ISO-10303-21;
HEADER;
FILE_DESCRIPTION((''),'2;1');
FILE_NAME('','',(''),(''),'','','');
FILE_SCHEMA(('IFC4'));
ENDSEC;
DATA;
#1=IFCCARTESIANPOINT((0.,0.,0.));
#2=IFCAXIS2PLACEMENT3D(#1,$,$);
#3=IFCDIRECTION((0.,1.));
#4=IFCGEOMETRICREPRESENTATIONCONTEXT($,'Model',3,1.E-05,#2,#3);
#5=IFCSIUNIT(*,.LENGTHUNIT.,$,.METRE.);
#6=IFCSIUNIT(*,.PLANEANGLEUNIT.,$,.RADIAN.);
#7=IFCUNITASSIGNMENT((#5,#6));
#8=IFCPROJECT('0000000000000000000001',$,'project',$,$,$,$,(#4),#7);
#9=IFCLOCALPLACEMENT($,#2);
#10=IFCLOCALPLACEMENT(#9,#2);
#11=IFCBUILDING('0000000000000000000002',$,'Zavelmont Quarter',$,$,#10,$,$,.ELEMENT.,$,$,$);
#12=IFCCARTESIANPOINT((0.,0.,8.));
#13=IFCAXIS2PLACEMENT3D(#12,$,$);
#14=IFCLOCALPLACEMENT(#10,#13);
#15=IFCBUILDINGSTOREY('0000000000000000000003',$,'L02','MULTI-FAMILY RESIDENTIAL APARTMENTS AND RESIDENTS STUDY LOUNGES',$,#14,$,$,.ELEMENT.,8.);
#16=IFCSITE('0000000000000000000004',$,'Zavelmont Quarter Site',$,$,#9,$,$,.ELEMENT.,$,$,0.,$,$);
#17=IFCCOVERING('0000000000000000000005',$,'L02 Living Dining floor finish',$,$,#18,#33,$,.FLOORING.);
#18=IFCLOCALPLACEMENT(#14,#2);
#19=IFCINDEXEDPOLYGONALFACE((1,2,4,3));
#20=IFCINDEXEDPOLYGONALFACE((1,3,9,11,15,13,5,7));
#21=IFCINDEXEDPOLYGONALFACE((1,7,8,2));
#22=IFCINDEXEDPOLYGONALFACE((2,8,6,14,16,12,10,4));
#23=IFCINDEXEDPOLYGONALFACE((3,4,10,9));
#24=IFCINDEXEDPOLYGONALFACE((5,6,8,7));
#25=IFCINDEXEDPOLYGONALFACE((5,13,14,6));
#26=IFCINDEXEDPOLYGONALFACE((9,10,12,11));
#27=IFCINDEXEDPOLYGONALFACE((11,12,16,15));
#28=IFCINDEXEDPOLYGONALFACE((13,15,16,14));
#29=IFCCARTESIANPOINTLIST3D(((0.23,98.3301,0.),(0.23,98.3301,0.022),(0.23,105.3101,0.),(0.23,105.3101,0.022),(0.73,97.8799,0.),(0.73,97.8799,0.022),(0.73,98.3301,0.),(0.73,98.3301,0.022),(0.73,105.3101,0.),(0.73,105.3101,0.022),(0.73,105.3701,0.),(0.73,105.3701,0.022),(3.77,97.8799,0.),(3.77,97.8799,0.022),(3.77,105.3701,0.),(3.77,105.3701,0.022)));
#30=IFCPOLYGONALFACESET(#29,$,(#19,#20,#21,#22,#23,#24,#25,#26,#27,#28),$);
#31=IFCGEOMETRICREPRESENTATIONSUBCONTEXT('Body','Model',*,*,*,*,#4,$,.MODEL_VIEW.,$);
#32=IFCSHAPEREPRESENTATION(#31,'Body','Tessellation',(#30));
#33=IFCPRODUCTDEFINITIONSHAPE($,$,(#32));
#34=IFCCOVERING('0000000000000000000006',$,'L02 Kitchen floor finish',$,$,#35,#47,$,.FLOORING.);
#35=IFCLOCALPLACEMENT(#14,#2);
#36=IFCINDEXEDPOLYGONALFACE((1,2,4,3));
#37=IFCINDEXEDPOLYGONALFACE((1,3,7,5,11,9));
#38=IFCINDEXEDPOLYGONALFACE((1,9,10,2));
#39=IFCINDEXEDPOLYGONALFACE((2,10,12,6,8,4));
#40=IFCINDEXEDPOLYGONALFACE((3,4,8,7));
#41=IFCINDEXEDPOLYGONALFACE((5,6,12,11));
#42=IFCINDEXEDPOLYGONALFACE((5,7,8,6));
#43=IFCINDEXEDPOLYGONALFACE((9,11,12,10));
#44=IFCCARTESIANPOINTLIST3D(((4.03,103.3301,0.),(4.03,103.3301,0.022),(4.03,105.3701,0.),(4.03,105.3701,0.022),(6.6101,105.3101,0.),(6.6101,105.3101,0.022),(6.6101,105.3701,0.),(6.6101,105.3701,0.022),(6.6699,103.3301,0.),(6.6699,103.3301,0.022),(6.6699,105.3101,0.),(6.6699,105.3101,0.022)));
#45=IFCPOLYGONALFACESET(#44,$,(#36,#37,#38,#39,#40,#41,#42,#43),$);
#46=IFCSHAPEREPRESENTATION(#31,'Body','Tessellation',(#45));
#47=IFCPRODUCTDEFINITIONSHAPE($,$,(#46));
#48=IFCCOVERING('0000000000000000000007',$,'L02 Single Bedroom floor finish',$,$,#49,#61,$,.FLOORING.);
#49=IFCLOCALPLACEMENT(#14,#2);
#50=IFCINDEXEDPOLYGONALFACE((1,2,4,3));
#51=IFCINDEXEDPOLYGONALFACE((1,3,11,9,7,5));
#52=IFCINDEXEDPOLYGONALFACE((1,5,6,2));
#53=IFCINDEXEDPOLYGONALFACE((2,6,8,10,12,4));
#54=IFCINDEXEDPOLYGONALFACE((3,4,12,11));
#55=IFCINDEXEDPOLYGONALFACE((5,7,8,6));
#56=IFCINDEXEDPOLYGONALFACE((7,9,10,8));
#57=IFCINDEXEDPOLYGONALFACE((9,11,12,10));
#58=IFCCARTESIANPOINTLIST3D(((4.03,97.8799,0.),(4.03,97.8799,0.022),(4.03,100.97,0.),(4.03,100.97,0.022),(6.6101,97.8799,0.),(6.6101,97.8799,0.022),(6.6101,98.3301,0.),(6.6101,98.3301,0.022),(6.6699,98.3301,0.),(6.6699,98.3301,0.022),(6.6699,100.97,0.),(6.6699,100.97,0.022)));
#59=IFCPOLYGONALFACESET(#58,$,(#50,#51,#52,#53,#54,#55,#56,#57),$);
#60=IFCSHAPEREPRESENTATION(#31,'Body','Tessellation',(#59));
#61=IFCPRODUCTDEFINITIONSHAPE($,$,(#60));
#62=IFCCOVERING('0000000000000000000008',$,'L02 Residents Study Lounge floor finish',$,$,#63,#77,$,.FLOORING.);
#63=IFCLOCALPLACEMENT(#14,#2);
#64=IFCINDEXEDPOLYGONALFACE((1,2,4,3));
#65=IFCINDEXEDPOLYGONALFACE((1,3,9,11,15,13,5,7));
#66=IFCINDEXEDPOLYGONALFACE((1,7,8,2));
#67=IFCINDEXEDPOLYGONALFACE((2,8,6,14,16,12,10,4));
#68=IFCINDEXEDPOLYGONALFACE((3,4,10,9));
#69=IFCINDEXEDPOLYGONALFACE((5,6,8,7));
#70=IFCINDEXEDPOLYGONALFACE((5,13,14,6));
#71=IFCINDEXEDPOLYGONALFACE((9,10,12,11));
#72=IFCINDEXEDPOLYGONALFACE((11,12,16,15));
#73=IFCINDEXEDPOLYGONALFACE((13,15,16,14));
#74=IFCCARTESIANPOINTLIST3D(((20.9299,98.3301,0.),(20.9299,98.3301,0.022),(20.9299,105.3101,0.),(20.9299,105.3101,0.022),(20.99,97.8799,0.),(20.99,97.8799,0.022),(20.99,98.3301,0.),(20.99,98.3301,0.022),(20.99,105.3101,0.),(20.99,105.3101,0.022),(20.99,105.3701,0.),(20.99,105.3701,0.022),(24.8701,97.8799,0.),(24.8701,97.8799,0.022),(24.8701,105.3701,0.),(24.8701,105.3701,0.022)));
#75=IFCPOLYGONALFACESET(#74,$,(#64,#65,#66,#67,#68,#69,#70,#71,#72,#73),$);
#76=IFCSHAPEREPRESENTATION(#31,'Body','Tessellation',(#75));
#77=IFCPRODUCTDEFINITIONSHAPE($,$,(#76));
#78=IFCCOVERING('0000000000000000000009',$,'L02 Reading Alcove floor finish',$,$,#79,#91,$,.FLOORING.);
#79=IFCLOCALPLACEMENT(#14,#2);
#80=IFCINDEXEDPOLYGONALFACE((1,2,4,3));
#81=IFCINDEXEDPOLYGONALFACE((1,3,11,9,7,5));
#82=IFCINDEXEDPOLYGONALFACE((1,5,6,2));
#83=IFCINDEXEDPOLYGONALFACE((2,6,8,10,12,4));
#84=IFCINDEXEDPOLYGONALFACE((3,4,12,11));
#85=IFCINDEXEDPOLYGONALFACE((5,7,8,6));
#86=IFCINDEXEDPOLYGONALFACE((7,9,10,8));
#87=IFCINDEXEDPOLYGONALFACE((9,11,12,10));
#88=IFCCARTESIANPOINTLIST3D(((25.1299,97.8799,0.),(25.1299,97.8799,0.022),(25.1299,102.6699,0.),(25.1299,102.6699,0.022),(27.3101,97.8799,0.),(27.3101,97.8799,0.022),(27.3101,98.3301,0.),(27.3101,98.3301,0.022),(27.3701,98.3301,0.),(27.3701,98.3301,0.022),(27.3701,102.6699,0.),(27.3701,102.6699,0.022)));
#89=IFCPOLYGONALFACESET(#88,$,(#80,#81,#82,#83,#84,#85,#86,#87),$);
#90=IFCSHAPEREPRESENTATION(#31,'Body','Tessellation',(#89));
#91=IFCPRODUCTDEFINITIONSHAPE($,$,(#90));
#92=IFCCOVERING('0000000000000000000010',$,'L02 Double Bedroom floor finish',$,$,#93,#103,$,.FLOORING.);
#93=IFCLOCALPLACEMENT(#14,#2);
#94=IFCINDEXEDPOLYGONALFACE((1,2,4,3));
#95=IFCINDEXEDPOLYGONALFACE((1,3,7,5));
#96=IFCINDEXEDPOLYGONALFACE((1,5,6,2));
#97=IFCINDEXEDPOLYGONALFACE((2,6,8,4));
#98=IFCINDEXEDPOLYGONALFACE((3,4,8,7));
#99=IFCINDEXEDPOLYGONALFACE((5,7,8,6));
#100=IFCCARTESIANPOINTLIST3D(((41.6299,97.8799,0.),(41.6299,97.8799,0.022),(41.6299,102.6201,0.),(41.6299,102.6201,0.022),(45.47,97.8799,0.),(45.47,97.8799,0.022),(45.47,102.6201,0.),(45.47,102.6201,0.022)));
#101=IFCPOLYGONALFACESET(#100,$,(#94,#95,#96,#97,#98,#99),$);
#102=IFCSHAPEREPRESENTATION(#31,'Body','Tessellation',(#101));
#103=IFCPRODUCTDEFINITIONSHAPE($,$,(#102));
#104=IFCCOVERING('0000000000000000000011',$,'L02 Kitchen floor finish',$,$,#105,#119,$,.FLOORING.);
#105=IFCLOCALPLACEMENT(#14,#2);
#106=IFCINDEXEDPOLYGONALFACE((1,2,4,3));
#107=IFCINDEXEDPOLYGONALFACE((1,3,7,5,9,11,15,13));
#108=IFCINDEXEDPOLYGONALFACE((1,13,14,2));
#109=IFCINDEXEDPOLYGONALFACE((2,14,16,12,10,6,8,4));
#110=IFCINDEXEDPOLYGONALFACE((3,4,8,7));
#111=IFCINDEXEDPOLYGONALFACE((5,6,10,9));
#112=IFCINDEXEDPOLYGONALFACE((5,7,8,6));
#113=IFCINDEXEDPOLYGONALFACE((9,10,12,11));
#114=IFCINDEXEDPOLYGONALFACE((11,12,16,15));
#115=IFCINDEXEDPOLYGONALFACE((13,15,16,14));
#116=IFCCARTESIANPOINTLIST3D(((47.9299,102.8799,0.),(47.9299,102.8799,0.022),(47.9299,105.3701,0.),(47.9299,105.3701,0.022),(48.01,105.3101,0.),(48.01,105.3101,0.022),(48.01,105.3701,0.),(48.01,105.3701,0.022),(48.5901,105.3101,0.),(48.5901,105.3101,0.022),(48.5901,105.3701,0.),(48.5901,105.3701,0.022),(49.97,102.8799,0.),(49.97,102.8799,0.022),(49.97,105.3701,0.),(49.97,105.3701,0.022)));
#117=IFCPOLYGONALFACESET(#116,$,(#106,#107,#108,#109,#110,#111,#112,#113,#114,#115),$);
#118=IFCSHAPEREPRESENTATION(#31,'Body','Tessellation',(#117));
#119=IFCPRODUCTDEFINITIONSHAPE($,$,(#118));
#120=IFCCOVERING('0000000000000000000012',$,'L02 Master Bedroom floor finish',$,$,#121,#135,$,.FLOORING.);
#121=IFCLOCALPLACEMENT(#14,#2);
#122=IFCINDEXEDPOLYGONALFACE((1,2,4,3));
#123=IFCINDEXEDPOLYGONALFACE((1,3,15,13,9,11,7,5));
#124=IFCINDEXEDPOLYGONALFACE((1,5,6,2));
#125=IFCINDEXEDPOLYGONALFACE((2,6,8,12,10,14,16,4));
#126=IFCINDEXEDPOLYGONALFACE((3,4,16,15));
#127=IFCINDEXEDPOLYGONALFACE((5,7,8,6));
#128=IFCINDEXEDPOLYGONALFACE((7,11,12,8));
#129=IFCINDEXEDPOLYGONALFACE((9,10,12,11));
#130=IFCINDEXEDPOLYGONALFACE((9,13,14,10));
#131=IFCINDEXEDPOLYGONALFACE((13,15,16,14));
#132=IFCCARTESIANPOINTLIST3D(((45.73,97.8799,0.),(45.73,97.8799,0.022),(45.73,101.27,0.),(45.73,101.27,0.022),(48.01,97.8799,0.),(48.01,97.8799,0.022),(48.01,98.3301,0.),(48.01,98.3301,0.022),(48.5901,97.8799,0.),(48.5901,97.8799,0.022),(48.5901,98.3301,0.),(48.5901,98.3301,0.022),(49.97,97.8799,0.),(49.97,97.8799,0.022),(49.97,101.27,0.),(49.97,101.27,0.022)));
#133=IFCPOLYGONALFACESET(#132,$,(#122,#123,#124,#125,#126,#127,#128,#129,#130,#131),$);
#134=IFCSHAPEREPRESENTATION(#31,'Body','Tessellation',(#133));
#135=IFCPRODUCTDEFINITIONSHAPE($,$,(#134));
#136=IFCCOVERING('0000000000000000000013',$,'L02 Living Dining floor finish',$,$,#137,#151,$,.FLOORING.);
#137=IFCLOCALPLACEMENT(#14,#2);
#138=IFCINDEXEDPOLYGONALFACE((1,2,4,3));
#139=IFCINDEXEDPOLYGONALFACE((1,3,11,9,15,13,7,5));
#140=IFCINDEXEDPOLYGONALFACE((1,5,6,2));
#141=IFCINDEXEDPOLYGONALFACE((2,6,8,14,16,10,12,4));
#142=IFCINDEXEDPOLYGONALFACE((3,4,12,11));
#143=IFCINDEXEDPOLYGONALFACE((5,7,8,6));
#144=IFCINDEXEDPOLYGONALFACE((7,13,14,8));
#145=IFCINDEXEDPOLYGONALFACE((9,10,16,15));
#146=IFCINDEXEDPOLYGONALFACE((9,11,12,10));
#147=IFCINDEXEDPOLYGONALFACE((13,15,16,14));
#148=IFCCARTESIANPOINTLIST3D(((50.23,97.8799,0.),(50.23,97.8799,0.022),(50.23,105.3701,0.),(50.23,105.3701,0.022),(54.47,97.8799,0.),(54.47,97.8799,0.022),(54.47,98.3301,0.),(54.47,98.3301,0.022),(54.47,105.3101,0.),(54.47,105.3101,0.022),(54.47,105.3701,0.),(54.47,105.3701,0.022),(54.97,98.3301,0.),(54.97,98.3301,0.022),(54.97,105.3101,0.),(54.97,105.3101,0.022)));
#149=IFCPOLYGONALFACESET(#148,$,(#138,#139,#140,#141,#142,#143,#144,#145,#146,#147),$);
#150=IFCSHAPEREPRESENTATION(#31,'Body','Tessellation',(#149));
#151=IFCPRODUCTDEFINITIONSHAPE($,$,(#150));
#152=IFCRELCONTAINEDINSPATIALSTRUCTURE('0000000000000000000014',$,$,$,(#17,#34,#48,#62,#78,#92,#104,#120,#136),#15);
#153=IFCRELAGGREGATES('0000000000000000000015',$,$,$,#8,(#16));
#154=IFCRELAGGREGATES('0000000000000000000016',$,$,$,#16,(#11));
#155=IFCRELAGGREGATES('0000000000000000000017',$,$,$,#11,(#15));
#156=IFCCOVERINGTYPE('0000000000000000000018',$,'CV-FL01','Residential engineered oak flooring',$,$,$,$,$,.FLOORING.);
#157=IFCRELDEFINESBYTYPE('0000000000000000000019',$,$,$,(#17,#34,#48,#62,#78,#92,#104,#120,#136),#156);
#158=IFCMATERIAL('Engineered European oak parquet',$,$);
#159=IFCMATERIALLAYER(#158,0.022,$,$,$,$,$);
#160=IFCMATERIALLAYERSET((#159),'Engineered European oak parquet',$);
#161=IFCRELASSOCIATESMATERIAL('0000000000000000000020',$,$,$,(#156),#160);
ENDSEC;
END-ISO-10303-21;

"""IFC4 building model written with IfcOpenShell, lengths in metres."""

from ifc_helpers import new_model, si_unit, direction, frame, origin, place, context, subcontext, project, spatial, polyline, outline, extrude, material, layer, layer_set, type_object, element, save


model = new_model("IFC4")

# Units and contexts
model_context = context("Model", 3, precision=1e-05, world=origin(), true_north=direction((0.0, 1.0)))
body_context = subcontext(model_context, "Body", "Model", "MODEL_VIEW")
ifc_project = project(units=[si_unit("LENGTHUNIT", "METRE"), si_unit("PLANEANGLEUNIT", "RADIAN")], contexts=[model_context])

# Site, building, storey
site_placement = place(None, origin())
site = spatial("IfcSite", under=ifc_project, at=site_placement, Name="Zavelmont Quarter Site", CompositionType="ELEMENT", RefElevation=0.0)
building_placement = place(site_placement, origin())
building = spatial("IfcBuilding", under=site, at=building_placement, Name="Zavelmont Quarter", CompositionType="ELEMENT")
storey_placement = place(building_placement, frame((0.0, 0.0, 8.0)))
storey = spatial("IfcBuildingStorey", under=building, at=storey_placement, Name="L02", Description="MULTI-FAMILY RESIDENTIAL APARTMENTS AND RESIDENTS STUDY LOUNGES", CompositionType="ELEMENT", Elevation=8.0)

# Coverings
ifc_material_1 = material(Name="Engineered European oak parquet")
ifc_layer_1 = layer(ifc_material_1, 0.022)
ifc_layer_set_1 = layer_set([ifc_layer_1], Name="Engineered European oak parquet")
covering_type_1 = type_object("IfcCoveringType", Name="CV-FL01", Description="Residential engineered oak flooring", PredefinedType="FLOORING", material=ifc_layer_set_1)
covering_1_placement = place(storey_placement, origin())
element("IfcCovering", 1, at=covering_1_placement, inside=storey, type_object=covering_type_1, Name="L02 Living Dining floor finish", PredefinedType="FLOORING", context=body_context, shape_type="SweptSolid", body=[
    extrude(outline(polyline([(0.23, 105.3101), (0.73, 105.3101), (0.73, 105.3701), (3.77, 105.3701), (3.77, 97.8799), (0.73, 97.8799), (0.73, 98.3301), (0.23, 98.3301), (0.23, 105.3101)])), origin(), (0.0, 0.0, 1.0), 0.022),
])
covering_2_placement = place(storey_placement, origin())
element("IfcCovering", 2, at=covering_2_placement, inside=storey, type_object=covering_type_1, Name="L02 Kitchen floor finish", PredefinedType="FLOORING", context=body_context, shape_type="SweptSolid", body=[
    extrude(outline(polyline([(4.03, 105.3701), (6.6101, 105.3701), (6.6101, 105.3101), (6.6699, 105.3101), (6.6699, 103.3301), (4.03, 103.3301), (4.03, 105.3701)])), origin(), (0.0, 0.0, 1.0), 0.022),
])
covering_3_placement = place(storey_placement, origin())
element("IfcCovering", 3, at=covering_3_placement, inside=storey, type_object=covering_type_1, Name="L02 Single Bedroom floor finish", PredefinedType="FLOORING", context=body_context, shape_type="SweptSolid", body=[
    extrude(outline(polyline([(4.03, 100.97), (6.6699, 100.97), (6.6699, 98.3301), (6.6101, 98.3301), (6.6101, 97.8799), (4.03, 97.8799), (4.03, 100.97)])), origin(), (0.0, 0.0, 1.0), 0.022),
])
covering_4_placement = place(storey_placement, origin())
element("IfcCovering", 4, at=covering_4_placement, inside=storey, type_object=covering_type_1, Name="L02 Residents Study Lounge floor finish", PredefinedType="FLOORING", context=body_context, shape_type="SweptSolid", body=[
    extrude(outline(polyline([(20.9299, 105.3101), (20.99, 105.3101), (20.99, 105.3701), (24.8701, 105.3701), (24.8701, 97.8799), (20.99, 97.8799), (20.99, 98.3301), (20.9299, 98.3301), (20.9299, 105.3101)])), origin(), (0.0, 0.0, 1.0), 0.022),
])
covering_5_placement = place(storey_placement, origin())
element("IfcCovering", 5, at=covering_5_placement, inside=storey, type_object=covering_type_1, Name="L02 Reading Alcove floor finish", PredefinedType="FLOORING", context=body_context, shape_type="SweptSolid", body=[
    extrude(outline(polyline([(25.1299, 102.6699), (27.3701, 102.6699), (27.3701, 98.3301), (27.3101, 98.3301), (27.3101, 97.8799), (25.1299, 97.8799), (25.1299, 102.6699)])), origin(), (0.0, 0.0, 1.0), 0.022),
])
covering_6_placement = place(storey_placement, origin())
element("IfcCovering", 6, at=covering_6_placement, inside=storey, type_object=covering_type_1, Name="L02 Double Bedroom floor finish", PredefinedType="FLOORING", context=body_context, shape_type="SweptSolid", body=[
    extrude(outline(polyline([(41.6299, 102.6201), (45.47, 102.6201), (45.47, 97.8799), (41.6299, 97.8799), (41.6299, 102.6201)])), origin(), (0.0, 0.0, 1.0), 0.022),
])
covering_7_placement = place(storey_placement, origin())
element("IfcCovering", 7, at=covering_7_placement, inside=storey, type_object=covering_type_1, Name="L02 Kitchen floor finish", PredefinedType="FLOORING", context=body_context, shape_type="SweptSolid", body=[
    extrude(outline(polyline([(47.9299, 105.3701), (48.01, 105.3701), (48.01, 105.3101), (48.5901, 105.3101), (48.5901, 105.3701), (49.97, 105.3701), (49.97, 102.8799), (47.9299, 102.8799), (47.9299, 105.3701)])), origin(), (0.0, 0.0, 1.0), 0.022),
])
covering_8_placement = place(storey_placement, origin())
element("IfcCovering", 8, at=covering_8_placement, inside=storey, type_object=covering_type_1, Name="L02 Master Bedroom floor finish", PredefinedType="FLOORING", context=body_context, shape_type="SweptSolid", body=[
    extrude(outline(polyline([(45.73, 101.27), (49.97, 101.27), (49.97, 97.8799), (48.5901, 97.8799), (48.5901, 98.3301), (48.01, 98.3301), (48.01, 97.8799), (45.73, 97.8799), (45.73, 101.27)])), origin(), (0.0, 0.0, 1.0), 0.022),
])
covering_9_placement = place(storey_placement, origin())
element("IfcCovering", 9, at=covering_9_placement, inside=storey, type_object=covering_type_1, Name="L02 Living Dining floor finish", PredefinedType="FLOORING", context=body_context, shape_type="SweptSolid", body=[
    extrude(outline(polyline([(50.23, 105.3701), (54.47, 105.3701), (54.47, 105.3101), (54.97, 105.3101), (54.97, 98.3301), (54.47, 98.3301), (54.47, 97.8799), (50.23, 97.8799), (50.23, 105.3701)])), origin(), (0.0, 0.0, 1.0), 0.022),
])

save(model, "model.ifc")
